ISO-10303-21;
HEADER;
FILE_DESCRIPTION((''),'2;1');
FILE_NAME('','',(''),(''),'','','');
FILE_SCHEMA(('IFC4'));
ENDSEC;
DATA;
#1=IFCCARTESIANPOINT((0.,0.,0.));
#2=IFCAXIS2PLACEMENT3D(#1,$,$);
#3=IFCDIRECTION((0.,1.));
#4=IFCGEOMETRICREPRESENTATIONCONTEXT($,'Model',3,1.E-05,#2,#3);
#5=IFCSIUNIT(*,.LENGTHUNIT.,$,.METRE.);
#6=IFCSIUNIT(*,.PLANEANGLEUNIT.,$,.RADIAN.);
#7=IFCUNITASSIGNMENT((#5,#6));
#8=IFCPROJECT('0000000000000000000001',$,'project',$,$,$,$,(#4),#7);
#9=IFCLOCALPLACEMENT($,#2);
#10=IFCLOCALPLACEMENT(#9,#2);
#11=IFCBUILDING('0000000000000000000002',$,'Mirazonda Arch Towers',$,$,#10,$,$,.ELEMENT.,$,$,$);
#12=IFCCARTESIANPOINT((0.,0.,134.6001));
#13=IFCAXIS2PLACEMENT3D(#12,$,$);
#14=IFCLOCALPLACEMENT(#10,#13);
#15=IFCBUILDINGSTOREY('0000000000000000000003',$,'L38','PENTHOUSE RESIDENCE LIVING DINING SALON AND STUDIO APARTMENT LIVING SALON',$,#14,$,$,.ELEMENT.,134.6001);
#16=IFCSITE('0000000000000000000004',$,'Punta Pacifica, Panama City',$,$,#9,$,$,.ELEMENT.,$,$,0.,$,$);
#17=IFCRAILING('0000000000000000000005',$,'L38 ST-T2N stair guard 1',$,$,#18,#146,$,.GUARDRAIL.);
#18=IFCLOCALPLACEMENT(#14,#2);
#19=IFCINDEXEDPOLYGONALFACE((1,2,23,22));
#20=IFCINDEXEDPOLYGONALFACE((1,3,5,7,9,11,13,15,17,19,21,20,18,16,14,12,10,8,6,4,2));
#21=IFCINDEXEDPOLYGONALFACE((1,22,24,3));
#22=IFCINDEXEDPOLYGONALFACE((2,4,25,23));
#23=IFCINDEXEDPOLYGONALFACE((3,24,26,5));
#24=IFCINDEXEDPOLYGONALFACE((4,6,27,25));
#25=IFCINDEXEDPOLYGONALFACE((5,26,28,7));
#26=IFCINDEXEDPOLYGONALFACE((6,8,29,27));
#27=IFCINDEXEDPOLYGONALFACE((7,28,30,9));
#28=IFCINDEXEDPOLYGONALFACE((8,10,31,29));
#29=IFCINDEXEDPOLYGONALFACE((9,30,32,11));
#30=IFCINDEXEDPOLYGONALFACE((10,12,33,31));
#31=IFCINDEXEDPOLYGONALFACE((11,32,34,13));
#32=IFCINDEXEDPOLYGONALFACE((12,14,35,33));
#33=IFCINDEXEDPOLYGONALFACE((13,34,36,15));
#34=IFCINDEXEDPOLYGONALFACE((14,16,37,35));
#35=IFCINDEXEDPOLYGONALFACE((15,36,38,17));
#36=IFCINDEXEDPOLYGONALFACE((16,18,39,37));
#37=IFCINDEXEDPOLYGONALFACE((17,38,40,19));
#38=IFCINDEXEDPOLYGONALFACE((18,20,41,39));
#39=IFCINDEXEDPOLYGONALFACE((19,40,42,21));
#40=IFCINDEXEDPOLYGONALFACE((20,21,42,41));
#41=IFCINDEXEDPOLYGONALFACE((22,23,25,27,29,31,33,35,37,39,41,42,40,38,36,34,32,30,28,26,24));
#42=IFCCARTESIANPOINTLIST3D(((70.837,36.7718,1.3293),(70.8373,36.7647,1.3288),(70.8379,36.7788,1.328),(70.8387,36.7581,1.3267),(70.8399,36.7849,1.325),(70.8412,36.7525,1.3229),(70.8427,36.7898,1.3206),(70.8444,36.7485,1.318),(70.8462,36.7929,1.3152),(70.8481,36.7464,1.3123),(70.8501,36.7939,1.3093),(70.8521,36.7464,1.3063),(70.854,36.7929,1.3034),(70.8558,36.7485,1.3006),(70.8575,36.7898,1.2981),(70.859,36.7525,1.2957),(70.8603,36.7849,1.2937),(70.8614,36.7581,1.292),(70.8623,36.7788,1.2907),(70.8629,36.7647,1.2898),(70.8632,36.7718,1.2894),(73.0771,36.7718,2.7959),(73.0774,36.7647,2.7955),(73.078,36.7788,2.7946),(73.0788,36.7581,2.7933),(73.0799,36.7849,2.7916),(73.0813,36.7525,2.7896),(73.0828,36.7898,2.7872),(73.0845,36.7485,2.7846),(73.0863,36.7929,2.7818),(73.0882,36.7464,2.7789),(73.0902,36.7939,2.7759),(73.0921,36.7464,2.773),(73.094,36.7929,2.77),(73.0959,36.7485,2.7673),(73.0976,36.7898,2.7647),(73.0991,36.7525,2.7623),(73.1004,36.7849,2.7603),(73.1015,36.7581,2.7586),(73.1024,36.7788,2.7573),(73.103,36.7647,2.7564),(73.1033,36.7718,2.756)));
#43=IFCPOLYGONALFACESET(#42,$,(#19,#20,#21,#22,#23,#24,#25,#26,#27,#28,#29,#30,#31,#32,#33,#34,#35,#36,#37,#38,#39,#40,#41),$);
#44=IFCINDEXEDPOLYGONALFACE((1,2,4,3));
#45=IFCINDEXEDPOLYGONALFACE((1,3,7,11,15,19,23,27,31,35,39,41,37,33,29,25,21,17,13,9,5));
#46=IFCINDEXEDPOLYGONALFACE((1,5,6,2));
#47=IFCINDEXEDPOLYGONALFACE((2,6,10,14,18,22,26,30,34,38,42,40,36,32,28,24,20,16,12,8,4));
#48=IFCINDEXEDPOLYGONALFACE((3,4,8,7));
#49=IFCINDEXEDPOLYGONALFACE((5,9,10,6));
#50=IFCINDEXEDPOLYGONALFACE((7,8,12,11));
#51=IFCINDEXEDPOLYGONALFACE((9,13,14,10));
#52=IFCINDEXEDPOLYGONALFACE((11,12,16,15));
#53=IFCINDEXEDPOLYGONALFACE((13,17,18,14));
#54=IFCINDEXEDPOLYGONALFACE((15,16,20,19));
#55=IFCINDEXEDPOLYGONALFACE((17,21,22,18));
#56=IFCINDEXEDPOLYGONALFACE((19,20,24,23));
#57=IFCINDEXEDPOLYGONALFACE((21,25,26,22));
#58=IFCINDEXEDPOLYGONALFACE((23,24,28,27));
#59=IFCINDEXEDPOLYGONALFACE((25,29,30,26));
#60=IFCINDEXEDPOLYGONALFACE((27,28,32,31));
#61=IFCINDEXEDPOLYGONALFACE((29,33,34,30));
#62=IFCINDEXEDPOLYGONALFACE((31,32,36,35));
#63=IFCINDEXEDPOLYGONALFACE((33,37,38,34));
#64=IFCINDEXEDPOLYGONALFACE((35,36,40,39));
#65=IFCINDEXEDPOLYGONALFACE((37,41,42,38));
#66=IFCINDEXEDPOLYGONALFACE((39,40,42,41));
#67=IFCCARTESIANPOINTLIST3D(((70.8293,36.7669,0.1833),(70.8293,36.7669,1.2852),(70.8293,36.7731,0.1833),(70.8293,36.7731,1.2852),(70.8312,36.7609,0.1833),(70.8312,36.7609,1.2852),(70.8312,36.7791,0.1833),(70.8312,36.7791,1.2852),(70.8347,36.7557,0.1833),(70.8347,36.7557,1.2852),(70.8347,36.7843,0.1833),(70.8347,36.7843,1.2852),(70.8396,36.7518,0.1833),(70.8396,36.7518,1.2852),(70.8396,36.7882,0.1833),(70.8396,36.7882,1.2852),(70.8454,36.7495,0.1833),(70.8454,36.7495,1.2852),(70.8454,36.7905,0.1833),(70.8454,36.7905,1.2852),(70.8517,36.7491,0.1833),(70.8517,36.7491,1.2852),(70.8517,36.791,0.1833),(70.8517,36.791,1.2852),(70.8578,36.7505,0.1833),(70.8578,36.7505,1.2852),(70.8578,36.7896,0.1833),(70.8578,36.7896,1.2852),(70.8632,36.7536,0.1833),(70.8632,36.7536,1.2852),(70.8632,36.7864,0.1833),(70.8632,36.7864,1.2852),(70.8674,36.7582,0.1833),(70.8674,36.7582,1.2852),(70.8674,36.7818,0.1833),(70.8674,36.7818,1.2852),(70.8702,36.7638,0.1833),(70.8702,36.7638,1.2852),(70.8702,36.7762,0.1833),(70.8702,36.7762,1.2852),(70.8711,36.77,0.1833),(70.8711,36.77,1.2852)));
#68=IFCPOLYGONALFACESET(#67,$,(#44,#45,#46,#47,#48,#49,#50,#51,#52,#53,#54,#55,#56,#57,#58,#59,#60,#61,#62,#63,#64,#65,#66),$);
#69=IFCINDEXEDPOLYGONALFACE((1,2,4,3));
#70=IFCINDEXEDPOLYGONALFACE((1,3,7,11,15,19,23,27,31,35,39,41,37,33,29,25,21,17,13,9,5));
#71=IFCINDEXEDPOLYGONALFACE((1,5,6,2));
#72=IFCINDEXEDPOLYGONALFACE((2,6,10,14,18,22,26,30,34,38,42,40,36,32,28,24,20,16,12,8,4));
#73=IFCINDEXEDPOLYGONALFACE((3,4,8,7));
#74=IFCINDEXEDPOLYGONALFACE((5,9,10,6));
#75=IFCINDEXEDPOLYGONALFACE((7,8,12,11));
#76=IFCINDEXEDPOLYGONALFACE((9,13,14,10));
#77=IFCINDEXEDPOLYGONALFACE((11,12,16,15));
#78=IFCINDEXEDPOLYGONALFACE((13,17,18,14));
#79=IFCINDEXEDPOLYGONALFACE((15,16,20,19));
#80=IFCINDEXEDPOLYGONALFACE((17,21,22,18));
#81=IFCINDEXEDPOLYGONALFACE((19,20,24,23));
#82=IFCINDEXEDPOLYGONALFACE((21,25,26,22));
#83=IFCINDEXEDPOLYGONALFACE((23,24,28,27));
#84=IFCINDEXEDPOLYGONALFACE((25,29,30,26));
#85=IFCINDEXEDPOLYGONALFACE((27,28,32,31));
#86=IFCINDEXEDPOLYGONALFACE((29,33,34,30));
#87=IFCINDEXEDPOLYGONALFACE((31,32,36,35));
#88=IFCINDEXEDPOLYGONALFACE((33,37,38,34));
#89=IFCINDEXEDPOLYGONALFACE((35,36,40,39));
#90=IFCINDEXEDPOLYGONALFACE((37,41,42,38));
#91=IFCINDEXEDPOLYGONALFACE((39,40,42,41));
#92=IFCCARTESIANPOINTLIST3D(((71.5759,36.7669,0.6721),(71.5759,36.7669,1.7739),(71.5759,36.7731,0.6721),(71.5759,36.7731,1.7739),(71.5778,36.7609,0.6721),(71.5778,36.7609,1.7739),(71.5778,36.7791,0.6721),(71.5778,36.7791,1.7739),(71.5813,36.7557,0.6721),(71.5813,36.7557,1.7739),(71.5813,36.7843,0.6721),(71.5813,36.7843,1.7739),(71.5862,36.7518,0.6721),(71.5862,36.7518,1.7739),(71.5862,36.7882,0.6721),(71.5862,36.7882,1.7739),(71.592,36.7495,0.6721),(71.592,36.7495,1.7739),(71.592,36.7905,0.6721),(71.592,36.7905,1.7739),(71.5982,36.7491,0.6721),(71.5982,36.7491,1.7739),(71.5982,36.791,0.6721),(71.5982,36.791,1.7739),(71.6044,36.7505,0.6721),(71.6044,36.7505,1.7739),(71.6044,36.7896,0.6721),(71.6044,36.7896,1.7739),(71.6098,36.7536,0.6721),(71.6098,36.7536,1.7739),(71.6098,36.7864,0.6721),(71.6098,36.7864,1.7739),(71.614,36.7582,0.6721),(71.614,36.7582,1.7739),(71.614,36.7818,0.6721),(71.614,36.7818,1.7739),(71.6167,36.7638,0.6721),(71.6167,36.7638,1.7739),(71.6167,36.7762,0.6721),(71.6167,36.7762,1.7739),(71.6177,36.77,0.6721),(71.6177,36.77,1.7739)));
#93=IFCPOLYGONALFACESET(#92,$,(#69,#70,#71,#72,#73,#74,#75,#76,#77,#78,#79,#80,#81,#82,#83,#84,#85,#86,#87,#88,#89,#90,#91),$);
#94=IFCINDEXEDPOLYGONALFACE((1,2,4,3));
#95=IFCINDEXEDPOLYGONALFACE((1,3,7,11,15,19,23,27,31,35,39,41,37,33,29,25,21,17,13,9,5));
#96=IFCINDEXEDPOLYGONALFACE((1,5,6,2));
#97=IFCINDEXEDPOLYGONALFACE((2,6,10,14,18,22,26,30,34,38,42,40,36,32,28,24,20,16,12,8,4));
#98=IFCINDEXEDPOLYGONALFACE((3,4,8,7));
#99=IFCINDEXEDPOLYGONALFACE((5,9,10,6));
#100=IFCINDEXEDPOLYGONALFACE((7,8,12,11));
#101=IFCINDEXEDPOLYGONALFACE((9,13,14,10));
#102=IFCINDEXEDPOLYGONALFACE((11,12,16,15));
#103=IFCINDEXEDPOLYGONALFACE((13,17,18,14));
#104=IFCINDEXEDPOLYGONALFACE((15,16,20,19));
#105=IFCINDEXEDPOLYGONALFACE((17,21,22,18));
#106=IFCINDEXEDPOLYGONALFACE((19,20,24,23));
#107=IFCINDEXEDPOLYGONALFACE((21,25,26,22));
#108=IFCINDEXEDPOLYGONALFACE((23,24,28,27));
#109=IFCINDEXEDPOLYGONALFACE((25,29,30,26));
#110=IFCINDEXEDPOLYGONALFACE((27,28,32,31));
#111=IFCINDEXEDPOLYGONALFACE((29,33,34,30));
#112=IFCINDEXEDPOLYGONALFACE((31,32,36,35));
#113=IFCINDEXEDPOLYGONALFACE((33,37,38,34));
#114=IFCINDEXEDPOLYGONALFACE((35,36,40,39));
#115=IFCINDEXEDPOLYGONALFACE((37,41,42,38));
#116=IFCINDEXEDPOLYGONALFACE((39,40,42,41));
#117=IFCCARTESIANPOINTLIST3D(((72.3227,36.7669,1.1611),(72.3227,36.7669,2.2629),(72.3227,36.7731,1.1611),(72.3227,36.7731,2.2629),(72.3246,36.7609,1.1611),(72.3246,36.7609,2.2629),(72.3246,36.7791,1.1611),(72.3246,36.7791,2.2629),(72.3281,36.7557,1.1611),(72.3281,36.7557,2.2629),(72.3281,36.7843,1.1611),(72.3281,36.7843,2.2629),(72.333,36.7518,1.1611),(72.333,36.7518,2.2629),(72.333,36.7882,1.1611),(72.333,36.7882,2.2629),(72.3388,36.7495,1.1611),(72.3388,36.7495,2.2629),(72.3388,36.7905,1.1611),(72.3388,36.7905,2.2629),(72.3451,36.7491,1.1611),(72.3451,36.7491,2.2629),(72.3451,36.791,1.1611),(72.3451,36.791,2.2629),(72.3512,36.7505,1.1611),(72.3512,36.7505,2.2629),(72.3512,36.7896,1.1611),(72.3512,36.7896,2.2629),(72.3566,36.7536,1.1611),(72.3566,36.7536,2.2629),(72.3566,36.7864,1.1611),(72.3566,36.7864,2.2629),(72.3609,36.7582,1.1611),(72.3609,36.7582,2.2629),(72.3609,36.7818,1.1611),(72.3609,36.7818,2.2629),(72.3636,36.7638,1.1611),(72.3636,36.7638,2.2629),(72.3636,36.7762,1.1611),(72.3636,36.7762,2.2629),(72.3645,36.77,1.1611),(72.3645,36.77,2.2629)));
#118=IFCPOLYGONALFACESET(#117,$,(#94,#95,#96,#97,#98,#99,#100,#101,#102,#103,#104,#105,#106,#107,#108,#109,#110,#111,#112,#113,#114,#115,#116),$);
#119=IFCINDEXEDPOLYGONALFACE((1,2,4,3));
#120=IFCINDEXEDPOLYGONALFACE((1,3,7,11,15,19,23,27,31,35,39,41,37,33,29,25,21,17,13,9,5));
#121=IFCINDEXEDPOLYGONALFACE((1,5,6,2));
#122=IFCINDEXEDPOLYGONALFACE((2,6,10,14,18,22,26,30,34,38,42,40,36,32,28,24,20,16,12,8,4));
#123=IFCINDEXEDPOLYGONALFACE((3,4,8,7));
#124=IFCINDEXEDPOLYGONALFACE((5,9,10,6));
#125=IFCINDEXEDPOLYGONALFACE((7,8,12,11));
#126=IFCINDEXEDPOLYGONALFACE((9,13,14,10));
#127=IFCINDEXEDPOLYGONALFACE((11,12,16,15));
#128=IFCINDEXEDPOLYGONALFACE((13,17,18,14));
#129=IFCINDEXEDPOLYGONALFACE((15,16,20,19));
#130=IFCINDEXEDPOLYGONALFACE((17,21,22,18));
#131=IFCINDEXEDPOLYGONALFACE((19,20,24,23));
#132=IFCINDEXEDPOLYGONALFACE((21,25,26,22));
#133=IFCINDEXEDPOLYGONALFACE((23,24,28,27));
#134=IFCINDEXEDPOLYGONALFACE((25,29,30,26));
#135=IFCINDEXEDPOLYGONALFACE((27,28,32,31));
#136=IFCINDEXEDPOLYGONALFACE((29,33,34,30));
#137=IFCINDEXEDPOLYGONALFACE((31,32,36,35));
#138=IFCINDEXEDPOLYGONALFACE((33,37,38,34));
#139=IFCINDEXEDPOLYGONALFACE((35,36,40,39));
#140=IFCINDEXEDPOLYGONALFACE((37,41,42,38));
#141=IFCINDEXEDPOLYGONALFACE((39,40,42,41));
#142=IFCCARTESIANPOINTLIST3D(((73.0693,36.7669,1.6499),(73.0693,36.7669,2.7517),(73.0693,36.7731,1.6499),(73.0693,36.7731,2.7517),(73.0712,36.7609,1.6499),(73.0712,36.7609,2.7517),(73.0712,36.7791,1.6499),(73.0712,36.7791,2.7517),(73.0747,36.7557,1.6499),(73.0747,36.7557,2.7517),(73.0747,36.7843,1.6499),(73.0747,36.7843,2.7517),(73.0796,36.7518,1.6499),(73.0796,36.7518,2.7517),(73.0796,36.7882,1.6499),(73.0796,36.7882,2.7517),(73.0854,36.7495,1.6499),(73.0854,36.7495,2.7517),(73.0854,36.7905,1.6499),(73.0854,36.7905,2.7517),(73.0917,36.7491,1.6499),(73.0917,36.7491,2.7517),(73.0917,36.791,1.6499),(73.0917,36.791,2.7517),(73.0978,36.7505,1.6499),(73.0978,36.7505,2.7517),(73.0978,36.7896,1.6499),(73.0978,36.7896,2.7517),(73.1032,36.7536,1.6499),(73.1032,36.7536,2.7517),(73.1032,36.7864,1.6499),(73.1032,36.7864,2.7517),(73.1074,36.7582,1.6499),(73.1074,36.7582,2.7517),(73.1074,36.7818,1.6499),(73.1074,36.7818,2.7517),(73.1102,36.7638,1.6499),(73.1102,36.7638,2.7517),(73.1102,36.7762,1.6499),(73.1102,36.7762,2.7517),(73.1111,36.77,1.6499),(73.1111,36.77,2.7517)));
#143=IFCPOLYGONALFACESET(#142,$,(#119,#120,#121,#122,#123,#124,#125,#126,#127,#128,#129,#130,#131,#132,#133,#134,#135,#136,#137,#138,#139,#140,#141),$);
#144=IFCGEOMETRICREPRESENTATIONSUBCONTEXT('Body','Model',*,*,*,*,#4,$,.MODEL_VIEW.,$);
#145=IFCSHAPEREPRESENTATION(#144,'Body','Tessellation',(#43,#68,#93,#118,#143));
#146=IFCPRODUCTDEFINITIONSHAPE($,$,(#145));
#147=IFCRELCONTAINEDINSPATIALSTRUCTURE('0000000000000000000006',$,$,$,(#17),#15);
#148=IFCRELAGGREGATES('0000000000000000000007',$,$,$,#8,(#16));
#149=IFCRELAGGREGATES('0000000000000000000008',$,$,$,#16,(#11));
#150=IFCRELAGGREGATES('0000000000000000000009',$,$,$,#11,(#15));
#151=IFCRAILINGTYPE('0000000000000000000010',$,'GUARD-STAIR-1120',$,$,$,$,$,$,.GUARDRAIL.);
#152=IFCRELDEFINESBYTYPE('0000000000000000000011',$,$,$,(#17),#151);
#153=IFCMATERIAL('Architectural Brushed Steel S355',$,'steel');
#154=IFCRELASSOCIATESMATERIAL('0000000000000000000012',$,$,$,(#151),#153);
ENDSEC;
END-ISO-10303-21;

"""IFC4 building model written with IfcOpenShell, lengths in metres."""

from ifc_helpers import new_model, si_unit, direction, frame, origin, origin_2d, place, context, subcontext, project, spatial, circle, extrude, material, type_object, element, save


model = new_model("IFC4")

# Units and contexts
model_context = context("Model", 3, precision=1e-05, world=origin(), true_north=direction((0.0, 1.0)))
body_context = subcontext(model_context, "Body", "Model", "MODEL_VIEW")
ifc_project = project(units=[si_unit("LENGTHUNIT", "METRE"), si_unit("PLANEANGLEUNIT", "RADIAN")], contexts=[model_context])

# Site, building, storey
site_placement = place(None, origin())
site = spatial("IfcSite", under=ifc_project, at=site_placement, Name="Punta Pacifica, Panama City", CompositionType="ELEMENT", RefElevation=0.0)
building_placement = place(site_placement, origin())
building = spatial("IfcBuilding", under=site, at=building_placement, Name="Mirazonda Arch Towers", CompositionType="ELEMENT")
storey_placement = place(building_placement, frame((0.0, 0.0, 134.6001)))
storey = spatial("IfcBuildingStorey", under=building, at=storey_placement, Name="L38", Description="PENTHOUSE RESIDENCE LIVING DINING SALON AND STUDIO APARTMENT LIVING SALON", CompositionType="ELEMENT", Elevation=134.6001)

# Shared definitions
ifc_material_1 = material(Name="Architectural Brushed Steel S355", Category="steel")

# Railing
railing_type_1 = type_object("IfcRailingType", Name="GUARD-STAIR-1120", PredefinedType="GUARDRAIL", material=ifc_material_1)
railing_1_placement = place(storey_placement, frame((70.8501, 36.77, 0.1833)))
element("IfcRailing", 1, at=railing_1_placement, inside=storey, type_object=railing_type_1, Name="L38 ST-T2N stair guard 1", PredefinedType="GUARDRAIL", context=body_context, shape_type="SweptSolid", body=[
    extrude(circle(Radius=0.0239, at=origin_2d()), frame((0.0, 0.0, 1.126), z_axis=(0.836637, 0.0, 0.547758), x_axis=(0.0, 1.0, 0.0)), (0.0, 0.0, 1.0), 2.6775),
    extrude(circle(Radius=0.021, at=origin_2d()), origin(), (0.0, 0.0, 1.0), 1.1018),
    extrude(circle(Radius=0.021, at=origin_2d()), frame((0.7466, 0.0, 0.4888)), (0.0, 0.0, 1.0), 1.1018),
    extrude(circle(Radius=0.021, at=origin_2d()), frame((1.4934, 0.0, 0.9778)), (0.0, 0.0, 1.0), 1.1018),
    extrude(circle(Radius=0.021, at=origin_2d()), frame((2.24, 0.0, 1.4666)), (0.0, 0.0, 1.0), 1.1018),
])

save(model, "model.ifc")
